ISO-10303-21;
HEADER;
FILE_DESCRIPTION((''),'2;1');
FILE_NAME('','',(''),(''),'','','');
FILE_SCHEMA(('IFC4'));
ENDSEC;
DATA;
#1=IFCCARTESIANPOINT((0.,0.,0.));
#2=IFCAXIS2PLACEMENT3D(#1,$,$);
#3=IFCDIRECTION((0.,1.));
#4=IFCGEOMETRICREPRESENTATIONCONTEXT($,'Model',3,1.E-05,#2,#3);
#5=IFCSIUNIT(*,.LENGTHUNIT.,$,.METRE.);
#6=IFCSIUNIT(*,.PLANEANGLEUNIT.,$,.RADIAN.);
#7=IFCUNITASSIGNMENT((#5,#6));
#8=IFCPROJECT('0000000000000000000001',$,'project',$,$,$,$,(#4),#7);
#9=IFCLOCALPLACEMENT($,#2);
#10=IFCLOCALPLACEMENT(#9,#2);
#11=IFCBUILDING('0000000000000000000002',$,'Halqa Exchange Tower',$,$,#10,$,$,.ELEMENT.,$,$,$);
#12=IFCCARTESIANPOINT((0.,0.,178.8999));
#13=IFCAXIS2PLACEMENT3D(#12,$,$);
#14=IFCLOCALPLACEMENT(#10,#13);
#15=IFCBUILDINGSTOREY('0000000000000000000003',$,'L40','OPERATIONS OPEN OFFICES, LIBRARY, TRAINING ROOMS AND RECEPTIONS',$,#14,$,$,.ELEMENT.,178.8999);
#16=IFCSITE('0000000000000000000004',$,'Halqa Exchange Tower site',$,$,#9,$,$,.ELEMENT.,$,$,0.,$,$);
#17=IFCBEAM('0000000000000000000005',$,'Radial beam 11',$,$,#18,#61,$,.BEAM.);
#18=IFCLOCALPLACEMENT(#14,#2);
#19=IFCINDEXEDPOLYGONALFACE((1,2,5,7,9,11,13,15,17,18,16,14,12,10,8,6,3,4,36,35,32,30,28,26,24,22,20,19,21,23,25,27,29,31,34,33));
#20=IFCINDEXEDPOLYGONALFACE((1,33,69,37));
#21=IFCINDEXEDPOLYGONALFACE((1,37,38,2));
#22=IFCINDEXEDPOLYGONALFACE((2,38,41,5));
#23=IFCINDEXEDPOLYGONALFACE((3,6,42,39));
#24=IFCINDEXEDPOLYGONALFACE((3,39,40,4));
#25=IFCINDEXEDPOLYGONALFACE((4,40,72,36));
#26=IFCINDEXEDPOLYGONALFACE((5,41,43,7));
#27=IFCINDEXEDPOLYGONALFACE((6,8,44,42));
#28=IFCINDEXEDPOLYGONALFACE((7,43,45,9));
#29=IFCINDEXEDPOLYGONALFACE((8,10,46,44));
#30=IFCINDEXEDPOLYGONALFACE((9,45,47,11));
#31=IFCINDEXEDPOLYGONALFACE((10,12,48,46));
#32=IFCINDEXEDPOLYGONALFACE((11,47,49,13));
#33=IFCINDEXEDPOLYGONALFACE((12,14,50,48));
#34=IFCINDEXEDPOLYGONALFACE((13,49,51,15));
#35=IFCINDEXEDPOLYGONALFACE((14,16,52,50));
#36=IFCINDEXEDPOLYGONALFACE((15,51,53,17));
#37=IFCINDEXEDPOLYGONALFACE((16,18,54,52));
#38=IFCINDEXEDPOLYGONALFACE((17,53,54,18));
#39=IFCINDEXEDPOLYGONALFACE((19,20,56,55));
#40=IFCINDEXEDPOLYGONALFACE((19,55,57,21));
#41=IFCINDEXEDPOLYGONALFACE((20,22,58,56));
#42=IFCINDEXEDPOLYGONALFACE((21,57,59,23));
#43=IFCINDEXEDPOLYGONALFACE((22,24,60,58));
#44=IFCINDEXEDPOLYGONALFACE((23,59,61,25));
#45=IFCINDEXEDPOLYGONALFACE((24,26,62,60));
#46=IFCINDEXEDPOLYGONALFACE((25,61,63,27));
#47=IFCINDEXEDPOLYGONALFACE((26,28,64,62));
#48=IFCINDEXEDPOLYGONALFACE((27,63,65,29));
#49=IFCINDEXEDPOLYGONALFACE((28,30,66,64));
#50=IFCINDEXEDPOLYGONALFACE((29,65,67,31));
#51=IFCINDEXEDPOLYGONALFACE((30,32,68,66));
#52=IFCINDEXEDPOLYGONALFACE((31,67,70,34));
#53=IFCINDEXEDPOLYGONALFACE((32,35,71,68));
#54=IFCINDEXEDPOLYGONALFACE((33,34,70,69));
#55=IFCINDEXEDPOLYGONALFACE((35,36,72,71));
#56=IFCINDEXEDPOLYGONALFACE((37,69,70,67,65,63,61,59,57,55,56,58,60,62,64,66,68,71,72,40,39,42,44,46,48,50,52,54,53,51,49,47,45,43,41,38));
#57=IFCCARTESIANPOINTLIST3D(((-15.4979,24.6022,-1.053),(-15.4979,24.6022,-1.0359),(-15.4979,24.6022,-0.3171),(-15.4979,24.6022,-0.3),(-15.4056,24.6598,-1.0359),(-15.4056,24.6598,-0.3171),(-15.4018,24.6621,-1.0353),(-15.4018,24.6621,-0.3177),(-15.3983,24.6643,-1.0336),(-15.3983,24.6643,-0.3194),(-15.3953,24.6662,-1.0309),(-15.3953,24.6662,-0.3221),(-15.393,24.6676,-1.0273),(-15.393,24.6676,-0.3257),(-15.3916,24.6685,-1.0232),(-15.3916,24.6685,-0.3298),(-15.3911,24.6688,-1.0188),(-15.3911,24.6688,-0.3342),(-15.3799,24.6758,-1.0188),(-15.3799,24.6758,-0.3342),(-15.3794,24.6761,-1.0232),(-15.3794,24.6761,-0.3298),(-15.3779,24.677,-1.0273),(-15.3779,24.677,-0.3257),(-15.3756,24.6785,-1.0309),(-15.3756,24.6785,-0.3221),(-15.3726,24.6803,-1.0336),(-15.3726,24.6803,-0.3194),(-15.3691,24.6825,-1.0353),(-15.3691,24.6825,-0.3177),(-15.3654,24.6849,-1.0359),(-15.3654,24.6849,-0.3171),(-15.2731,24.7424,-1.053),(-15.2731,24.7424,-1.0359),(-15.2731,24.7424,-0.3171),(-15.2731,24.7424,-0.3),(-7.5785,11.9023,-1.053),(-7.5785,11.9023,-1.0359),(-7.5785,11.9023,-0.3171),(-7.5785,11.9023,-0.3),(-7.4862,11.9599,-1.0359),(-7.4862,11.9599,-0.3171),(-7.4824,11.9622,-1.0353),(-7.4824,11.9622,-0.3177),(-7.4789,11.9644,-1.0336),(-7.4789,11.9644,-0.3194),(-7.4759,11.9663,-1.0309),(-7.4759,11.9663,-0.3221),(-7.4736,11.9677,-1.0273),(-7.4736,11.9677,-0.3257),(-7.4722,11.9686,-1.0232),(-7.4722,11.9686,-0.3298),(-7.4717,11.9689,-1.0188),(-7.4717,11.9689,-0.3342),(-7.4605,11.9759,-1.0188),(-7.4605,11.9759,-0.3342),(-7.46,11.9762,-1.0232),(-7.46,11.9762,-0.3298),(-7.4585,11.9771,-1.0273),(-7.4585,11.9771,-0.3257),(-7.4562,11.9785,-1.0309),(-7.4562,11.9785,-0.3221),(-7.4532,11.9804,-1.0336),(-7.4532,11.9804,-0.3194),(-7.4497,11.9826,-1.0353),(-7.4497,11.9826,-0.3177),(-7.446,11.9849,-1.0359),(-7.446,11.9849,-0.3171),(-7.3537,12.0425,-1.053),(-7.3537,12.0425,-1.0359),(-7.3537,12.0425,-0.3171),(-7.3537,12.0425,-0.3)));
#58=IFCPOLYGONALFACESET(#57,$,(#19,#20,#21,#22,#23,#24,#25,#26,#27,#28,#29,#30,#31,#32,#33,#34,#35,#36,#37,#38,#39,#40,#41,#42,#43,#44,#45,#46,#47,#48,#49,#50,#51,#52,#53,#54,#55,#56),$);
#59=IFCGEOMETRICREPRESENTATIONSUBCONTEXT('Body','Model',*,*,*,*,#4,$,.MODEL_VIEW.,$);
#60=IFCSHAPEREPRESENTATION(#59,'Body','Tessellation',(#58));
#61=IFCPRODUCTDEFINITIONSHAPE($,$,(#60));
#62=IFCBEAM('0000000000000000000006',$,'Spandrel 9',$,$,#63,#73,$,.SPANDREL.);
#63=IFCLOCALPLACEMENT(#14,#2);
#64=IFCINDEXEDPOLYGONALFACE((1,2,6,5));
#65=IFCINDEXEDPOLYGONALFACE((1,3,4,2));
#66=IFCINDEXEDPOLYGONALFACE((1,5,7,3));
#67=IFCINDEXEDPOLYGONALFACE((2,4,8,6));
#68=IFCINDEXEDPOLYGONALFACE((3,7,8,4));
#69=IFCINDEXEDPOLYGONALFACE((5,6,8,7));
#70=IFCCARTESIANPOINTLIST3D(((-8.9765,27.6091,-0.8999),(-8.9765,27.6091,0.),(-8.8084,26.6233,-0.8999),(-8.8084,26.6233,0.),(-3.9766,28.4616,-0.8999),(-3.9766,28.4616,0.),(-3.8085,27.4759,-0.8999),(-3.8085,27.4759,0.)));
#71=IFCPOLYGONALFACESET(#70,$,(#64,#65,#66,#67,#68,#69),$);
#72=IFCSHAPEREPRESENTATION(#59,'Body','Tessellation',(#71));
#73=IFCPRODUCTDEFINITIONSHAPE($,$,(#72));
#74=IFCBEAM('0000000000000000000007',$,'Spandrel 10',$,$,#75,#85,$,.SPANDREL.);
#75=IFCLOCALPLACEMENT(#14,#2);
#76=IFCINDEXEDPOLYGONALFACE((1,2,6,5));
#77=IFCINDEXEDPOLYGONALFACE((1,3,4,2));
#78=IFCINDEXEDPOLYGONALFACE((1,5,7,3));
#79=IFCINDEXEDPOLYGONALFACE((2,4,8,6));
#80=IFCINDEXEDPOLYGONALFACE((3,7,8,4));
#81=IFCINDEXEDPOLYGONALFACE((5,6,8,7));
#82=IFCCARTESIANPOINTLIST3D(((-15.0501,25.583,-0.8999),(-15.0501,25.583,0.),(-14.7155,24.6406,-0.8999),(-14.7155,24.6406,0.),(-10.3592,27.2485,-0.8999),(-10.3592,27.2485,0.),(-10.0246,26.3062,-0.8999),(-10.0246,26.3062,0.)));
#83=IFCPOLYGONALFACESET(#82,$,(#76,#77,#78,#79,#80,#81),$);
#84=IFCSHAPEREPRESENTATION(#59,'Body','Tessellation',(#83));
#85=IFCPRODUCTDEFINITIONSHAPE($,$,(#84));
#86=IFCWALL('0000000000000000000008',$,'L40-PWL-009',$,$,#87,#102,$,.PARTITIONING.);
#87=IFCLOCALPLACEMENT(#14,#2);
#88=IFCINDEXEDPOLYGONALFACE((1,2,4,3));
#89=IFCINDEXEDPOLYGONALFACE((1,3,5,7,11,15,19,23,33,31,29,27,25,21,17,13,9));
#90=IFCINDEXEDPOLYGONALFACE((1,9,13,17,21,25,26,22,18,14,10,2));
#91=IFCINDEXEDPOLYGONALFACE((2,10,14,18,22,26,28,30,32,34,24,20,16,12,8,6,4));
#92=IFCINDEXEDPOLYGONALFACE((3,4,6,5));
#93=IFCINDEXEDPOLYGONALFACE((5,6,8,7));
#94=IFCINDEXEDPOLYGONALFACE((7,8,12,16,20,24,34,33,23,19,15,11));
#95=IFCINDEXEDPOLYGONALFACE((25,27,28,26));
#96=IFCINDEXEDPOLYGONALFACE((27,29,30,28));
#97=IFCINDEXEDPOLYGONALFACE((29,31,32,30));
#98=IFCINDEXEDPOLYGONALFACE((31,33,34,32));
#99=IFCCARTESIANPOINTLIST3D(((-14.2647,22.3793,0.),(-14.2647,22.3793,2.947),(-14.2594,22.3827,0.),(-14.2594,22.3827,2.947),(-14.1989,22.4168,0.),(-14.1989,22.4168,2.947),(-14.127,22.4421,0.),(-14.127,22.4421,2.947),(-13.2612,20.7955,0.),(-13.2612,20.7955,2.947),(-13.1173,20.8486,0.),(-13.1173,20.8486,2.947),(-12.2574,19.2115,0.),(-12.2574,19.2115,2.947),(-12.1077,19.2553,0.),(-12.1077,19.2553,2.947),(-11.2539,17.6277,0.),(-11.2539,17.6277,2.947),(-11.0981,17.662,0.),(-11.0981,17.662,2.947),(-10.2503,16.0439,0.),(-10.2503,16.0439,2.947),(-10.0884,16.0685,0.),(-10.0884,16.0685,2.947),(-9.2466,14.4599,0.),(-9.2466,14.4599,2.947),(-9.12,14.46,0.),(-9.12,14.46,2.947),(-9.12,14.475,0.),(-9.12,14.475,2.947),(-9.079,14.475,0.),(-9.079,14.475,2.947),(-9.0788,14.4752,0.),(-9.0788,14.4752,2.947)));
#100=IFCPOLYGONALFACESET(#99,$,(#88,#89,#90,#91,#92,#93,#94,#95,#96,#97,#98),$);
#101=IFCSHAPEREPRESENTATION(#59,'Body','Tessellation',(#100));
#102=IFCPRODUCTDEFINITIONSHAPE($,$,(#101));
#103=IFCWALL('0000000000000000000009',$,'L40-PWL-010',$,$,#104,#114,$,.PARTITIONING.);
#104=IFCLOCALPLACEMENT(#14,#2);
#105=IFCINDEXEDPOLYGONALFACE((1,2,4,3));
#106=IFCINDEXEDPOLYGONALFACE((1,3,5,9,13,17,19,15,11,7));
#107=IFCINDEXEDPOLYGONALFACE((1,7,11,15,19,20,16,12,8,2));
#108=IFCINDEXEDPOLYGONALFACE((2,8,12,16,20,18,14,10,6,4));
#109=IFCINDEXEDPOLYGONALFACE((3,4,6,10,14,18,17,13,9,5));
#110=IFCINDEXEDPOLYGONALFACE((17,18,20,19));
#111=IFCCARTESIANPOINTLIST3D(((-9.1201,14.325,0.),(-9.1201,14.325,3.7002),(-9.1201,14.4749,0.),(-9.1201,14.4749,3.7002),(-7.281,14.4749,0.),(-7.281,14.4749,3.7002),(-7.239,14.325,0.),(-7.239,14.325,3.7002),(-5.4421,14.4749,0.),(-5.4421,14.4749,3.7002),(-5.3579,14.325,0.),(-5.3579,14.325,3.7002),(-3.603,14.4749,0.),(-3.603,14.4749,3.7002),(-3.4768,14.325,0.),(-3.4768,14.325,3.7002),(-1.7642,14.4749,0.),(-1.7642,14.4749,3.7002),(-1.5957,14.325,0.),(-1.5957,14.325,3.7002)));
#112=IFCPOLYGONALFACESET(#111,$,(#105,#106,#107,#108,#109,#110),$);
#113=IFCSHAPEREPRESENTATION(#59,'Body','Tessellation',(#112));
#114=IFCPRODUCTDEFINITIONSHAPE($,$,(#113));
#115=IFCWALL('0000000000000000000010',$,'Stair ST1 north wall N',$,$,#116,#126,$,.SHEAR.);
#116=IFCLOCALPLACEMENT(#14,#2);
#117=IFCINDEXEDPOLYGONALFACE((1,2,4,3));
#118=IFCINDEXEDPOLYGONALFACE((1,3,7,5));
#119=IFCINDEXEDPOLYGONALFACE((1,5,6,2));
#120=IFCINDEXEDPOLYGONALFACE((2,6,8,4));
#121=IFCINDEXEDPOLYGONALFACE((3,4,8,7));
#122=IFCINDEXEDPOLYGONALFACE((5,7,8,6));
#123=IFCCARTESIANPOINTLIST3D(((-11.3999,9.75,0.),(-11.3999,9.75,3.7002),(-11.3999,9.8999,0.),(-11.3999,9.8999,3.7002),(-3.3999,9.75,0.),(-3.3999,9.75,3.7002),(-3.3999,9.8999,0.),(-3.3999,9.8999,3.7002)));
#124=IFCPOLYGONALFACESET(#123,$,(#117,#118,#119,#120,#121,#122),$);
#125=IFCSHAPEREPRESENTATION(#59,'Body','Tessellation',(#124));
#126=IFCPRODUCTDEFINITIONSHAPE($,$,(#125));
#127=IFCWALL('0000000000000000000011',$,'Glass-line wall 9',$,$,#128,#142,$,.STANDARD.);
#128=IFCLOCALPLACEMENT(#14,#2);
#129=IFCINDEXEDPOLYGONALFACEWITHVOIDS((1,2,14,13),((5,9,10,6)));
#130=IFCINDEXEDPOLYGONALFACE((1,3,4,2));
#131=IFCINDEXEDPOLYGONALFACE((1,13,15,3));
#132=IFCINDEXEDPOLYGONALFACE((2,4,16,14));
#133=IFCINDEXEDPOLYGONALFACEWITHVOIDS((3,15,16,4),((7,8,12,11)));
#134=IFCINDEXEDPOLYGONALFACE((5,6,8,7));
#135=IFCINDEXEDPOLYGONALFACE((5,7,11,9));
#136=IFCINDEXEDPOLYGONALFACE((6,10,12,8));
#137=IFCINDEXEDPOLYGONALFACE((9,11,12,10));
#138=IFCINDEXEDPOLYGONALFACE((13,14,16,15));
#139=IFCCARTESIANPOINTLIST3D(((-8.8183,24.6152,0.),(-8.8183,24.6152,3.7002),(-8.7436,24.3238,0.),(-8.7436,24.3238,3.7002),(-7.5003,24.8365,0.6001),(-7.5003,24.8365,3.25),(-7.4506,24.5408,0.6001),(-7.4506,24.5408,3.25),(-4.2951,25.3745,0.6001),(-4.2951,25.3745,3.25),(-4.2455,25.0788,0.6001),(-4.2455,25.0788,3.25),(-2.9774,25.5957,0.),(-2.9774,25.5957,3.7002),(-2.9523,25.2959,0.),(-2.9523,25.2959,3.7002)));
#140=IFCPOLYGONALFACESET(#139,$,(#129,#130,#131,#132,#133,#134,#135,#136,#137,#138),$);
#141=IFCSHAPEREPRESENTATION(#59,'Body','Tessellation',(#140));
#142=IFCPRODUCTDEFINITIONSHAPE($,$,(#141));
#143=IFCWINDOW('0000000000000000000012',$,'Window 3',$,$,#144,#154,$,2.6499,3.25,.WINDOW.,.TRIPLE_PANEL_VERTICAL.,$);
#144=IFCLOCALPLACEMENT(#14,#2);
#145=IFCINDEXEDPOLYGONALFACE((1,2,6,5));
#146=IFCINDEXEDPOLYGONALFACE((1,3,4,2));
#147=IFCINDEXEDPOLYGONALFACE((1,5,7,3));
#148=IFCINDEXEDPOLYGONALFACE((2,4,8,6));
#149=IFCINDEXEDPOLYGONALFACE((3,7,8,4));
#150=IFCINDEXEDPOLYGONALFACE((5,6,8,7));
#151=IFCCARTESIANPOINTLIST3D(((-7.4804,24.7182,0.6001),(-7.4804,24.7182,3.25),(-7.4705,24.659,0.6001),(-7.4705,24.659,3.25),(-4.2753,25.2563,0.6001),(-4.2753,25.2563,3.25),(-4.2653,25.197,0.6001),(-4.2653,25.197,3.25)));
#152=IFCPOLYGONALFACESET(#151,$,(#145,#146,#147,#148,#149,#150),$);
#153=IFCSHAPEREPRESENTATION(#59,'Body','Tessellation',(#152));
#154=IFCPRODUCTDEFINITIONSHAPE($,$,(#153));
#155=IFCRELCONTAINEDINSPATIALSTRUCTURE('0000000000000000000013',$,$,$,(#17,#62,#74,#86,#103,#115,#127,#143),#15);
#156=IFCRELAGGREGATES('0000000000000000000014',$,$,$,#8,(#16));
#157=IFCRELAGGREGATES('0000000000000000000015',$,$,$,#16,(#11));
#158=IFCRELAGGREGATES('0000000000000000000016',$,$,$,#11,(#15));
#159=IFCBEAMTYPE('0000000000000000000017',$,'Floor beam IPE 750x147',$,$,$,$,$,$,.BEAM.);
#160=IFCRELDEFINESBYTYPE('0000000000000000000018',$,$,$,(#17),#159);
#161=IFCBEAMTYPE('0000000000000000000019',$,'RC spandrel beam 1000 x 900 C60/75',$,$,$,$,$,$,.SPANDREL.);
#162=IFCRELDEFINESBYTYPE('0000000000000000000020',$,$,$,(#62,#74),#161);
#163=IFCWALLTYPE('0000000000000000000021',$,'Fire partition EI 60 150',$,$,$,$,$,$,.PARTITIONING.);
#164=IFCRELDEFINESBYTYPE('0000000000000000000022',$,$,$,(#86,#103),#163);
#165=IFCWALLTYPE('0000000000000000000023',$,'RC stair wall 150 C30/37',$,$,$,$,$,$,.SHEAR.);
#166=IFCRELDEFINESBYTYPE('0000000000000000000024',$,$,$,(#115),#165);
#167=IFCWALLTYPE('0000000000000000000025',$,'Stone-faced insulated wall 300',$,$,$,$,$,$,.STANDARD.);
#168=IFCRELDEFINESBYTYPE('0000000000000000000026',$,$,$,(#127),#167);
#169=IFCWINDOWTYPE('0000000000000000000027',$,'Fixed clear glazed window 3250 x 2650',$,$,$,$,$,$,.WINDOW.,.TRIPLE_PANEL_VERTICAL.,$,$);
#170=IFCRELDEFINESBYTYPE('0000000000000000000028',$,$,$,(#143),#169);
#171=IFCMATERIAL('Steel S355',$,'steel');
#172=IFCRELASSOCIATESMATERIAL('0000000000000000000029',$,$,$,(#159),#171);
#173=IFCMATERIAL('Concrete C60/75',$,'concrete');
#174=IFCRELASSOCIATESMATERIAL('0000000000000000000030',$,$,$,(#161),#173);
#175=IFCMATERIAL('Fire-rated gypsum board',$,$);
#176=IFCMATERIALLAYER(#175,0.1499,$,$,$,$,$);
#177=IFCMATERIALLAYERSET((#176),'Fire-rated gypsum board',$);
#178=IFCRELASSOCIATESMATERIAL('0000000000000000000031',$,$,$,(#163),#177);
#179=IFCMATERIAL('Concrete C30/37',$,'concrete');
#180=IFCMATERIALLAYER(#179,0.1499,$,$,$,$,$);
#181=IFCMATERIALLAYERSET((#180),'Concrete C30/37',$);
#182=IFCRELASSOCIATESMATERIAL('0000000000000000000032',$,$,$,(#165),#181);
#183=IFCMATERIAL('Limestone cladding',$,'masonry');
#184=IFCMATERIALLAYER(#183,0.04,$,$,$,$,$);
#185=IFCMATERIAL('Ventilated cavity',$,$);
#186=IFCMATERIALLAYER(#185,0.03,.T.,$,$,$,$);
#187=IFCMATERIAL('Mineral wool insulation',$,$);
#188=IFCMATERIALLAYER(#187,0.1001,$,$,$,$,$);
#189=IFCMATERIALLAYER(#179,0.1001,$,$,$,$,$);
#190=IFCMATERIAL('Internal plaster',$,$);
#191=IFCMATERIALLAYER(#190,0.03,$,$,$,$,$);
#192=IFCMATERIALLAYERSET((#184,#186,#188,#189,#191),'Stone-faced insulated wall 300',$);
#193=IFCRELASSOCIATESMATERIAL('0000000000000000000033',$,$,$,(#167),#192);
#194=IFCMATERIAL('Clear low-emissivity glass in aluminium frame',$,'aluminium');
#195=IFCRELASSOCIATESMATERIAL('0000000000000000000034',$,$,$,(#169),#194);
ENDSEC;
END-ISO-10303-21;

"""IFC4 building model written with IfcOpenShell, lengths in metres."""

from ifc_helpers import new_model, si_unit, direction, frame, frame_2d, origin, origin_2d, place, context, subcontext, project, spatial, polyline, rectangle, i_section, outline, extrude, material, layer, layer_set, material_profile, profile_set, type_object, element, fill, save


model = new_model("IFC4")

# Units and contexts
model_context = context("Model", 3, precision=1e-05, world=origin(), true_north=direction((0.0, 1.0)))
body_context = subcontext(model_context, "Body", "Model", "MODEL_VIEW")
ifc_project = project(units=[si_unit("LENGTHUNIT", "METRE"), si_unit("PLANEANGLEUNIT", "RADIAN")], contexts=[model_context])

# Site, building, storey
site_placement = place(None, origin())
site = spatial("IfcSite", under=ifc_project, at=site_placement, Name="Halqa Exchange Tower site", CompositionType="ELEMENT", RefElevation=0.0)
building_placement = place(site_placement, origin())
building = spatial("IfcBuilding", under=site, at=building_placement, Name="Halqa Exchange Tower", CompositionType="ELEMENT")
storey_placement = place(building_placement, frame((0.0, 0.0, 178.8999)))
storey = spatial("IfcBuildingStorey", under=building, at=storey_placement, Name="L40", Description="OPERATIONS OPEN OFFICES, LIBRARY, TRAINING ROOMS AND RECEPTIONS", CompositionType="ELEMENT", Elevation=178.8999)

# Beams
ifc_material_1 = material(Name="Steel S355", Category="steel")
ifc_material_profile_1 = material_profile(ifc_material_1, i_section(OverallWidth=0.2649, OverallDepth=0.7529, WebThickness=0.0132, FlangeThickness=0.0171, FilletRadius=0.0171, at=origin_2d()), Name="IPE 750x147")
ifc_profile_set_1 = profile_set([ifc_material_profile_1], Name="Steel S355")
beam_type_1 = type_object("IfcBeamType", Name="Floor beam IPE 750x147", PredefinedType="BEAM", material=ifc_profile_set_1)
beam_1_placement = place(storey_placement, frame((-7.4661, 11.9724, -0.6765), z_axis=(-0.529132, 0.848539, 0.0), x_axis=(-0.848539, -0.529132, 0.0)))
element("IfcBeam", 1, at=beam_1_placement, inside=storey, type_object=beam_type_1, Name="Radial beam 11", PredefinedType="BEAM", context=body_context, shape_type="SweptSolid", body=[
    extrude(i_section(OverallWidth=0.2649, OverallDepth=0.7529, WebThickness=0.0132, FlangeThickness=0.0171, FilletRadius=0.0171, at=origin_2d()), origin(), (0.0, 0.0, 1.0), 14.9668),
])
ifc_material_2 = material(Name="Concrete C60/75", Category="concrete")
ifc_material_profile_2 = material_profile(ifc_material_2, rectangle(XDim=1.0, YDim=0.8999, at=origin_2d()), Name="1000 x 900")
ifc_profile_set_2 = profile_set([ifc_material_profile_2], Name="Concrete C60/75")
beam_type_2 = type_object("IfcBeamType", Name="RC spandrel beam 1000 x 900 C60/75", PredefinedType="SPANDREL", material=ifc_profile_set_2)
beam_2_placement = place(storey_placement, frame((-3.8926, 27.9688, -0.45), z_axis=(-0.985772, -0.16809, 0.0), x_axis=(0.16809, -0.985772, 0.0)))
element("IfcBeam", 2, at=beam_2_placement, inside=storey, type_object=beam_type_2, Name="Spandrel 9", PredefinedType="SPANDREL", context=body_context, shape_type="SweptSolid", body=[
    extrude(rectangle(XDim=1.0, YDim=0.8999, at=origin_2d()), origin(), (0.0, 0.0, 1.0), 5.072),
])
beam_3_placement = place(storey_placement, frame((-10.1919, 26.7773, -0.45), z_axis=(-0.942364, -0.33459, 0.0), x_axis=(0.33459, -0.942364, 0.0)))
element("IfcBeam", 3, at=beam_3_placement, inside=storey, type_object=beam_type_2, Name="Spandrel 10", PredefinedType="SPANDREL", context=body_context, shape_type="SweptSolid", body=[
    extrude(rectangle(XDim=1.0, YDim=0.8999, at=origin_2d()), origin(), (0.0, 0.0, 1.0), 4.9778),
])

# Walls
ifc_material_3 = material(Name="Fire-rated gypsum board")
ifc_layer_1 = layer(ifc_material_3, 0.1499)
ifc_layer_set_1 = layer_set([ifc_layer_1], Name="Fire-rated gypsum board")
wall_type_1 = type_object("IfcWallType", Name="Fire partition EI 60 150", PredefinedType="PARTITIONING", material=ifc_layer_set_1)
wall_1_placement = place(storey_placement, frame((-9.1421, 14.4351, 0.0), z_axis=(0.0, 0.0, 1.0), x_axis=(-0.535245, 0.844697, 0.0)))
element("IfcWall", 4, at=wall_1_placement, inside=storey, type_object=wall_type_1, Name="L40-PWL-009", PredefinedType="PARTITIONING", context=body_context, shape_type="SweptSolid", body=[
    extrude(outline(polyline([(0.0, -0.075), (1.8862, -0.075), (3.7727, -0.075), (5.6589, -0.075), (7.5452, -0.075), (9.4316, -0.075), (9.4487, -0.0007), (9.4524, 0.0686), (9.4524, 0.075), (7.5774, 0.075), (5.7021, 0.075), (3.8271, 0.075), (1.9521, 0.075), (0.0769, 0.075), (0.0093, -0.032), (0.022, -0.04), (0.0, -0.0747), (0.0, -0.075)])), origin(), (0.0, 0.0, 1.0), 2.947),
])
wall_2_placement = place(storey_placement, frame((-9.1201, 14.3999, 0.0), z_axis=(0.0, 0.0, 1.0), x_axis=(1.0, 0.0, 0.0)))
element("IfcWall", 5, at=wall_2_placement, inside=storey, type_object=wall_type_1, Name="L40-PWL-010", PredefinedType="PARTITIONING", context=body_context, shape_type="SweptSolid", body=[
    extrude(outline(polyline([(7.5244, -0.075), (7.5244, -0.075), (7.356, 0.075), (5.5171, 0.075), (3.678, 0.075), (1.8391, 0.075), (0.0, 0.075), (0.0, -0.075), (1.8811, -0.075), (3.7622, -0.075), (5.6433, -0.075), (7.5244, -0.075)])), origin(), (0.0, 0.0, 1.0), 3.7002),
])

# Wall
ifc_material_4 = material(Name="Concrete C30/37", Category="concrete")
ifc_layer_2 = layer(ifc_material_4, 0.1499)
ifc_layer_set_2 = layer_set([ifc_layer_2], Name="Concrete C30/37")
wall_type_2 = type_object("IfcWallType", Name="RC stair wall 150 C30/37", PredefinedType="SHEAR", material=ifc_layer_set_2)
wall_3_placement = place(storey_placement, frame((-11.3999, 9.825, 0.0), z_axis=(0.0, 0.0, 1.0), x_axis=(1.0, 0.0, 0.0)))
element("IfcWall", 6, at=wall_3_placement, inside=storey, type_object=wall_type_2, Name="Stair ST1 north wall N", PredefinedType="SHEAR", context=body_context, shape_type="SweptSolid", body=[
    extrude(rectangle(XDim=8.0, YDim=0.1499, at=frame_2d((4.0, 0.0))), origin(), (0.0, 0.0, 1.0), 3.7002),
])

# Wall, opening, window
ifc_material_5 = material(Name="Limestone cladding", Category="masonry")
ifc_layer_3 = layer(ifc_material_5, 0.04)
ifc_material_6 = material(Name="Ventilated cavity")
ifc_layer_4 = layer(ifc_material_6, 0.03, ventilated=True)
ifc_material_7 = material(Name="Mineral wool insulation")
ifc_layer_5 = layer(ifc_material_7, 0.1001)
ifc_layer_6 = layer(ifc_material_4, 0.1001)
ifc_material_8 = material(Name="Internal plaster")
ifc_layer_7 = layer(ifc_material_8, 0.03)
ifc_layer_set_3 = layer_set([ifc_layer_3, ifc_layer_4, ifc_layer_5, ifc_layer_6, ifc_layer_7], Name="Stone-faced insulated wall 300")
wall_type_3 = type_object("IfcWallType", Name="Stone-faced insulated wall 300", PredefinedType="STANDARD", material=ifc_layer_set_3)
wall_4_placement = place(storey_placement, frame((-2.9648, 25.4458, 0.0), z_axis=(0.0, 0.0, 1.0), x_axis=(-0.986202, -0.165547, 0.0)))
wall_4 = element("IfcWall", 7, at=wall_4_placement, inside=storey, type_object=wall_type_3, Name="Glass-line wall 9", PredefinedType="STANDARD", context=body_context, shape_type="SweptSolid", body=[
    extrude(outline(polyline([(-0.0125, -0.1499), (5.9102, -0.1499), (5.8848, 0.1499), (0.0125, 0.1499), (-0.0125, -0.1499)])), origin(), (0.0, 0.0, 1.0), 3.7002),
])
opening_1_placement = place(wall_4_placement, frame((1.3237, 0.0, 0.6001)))
opening_1 = element("IfcOpeningElement", 8, at=opening_1_placement, cuts=wall_4, PredefinedType="OPENING", context=body_context, shape_type="SweptSolid", body=[
    extrude(rectangle(XDim=3.25, YDim=2.6499, at=frame_2d((1.625, 1.325))), frame((0.0, 0.1621, 0.0), z_axis=(0.0, -1.0, 0.0), x_axis=(1.0, 0.0, 0.0)), (0.0, 0.0, 1.0), 0.324),
])
ifc_material_9 = material(Name="Clear low-emissivity glass in aluminium frame", Category="aluminium")
window_type = type_object("IfcWindowType", Name="Fixed clear glazed window 3250 x 2650", PartitioningType="TRIPLE_PANEL_VERTICAL", PredefinedType="WINDOW", material=ifc_material_9)
window_1_placement = place(opening_1_placement, origin())
window_1 = element("IfcWindow", 9, at=window_1_placement, inside=storey, type_object=window_type, Name="Window 3", OverallHeight=2.6499, OverallWidth=3.25, PartitioningType="TRIPLE_PANEL_VERTICAL", PredefinedType="WINDOW", context=body_context, shape_type="SweptSolid", body=[
    extrude(rectangle(XDim=3.25, YDim=2.6499, at=frame_2d((1.625, 1.325))), frame((0.0, 0.03, 0.0), z_axis=(0.0, -1.0, 0.0), x_axis=(1.0, 0.0, 0.0)), (0.0, 0.0, 1.0), 0.0601),
])
fill(opening_1, window_1)

save(model, "model.ifc")
